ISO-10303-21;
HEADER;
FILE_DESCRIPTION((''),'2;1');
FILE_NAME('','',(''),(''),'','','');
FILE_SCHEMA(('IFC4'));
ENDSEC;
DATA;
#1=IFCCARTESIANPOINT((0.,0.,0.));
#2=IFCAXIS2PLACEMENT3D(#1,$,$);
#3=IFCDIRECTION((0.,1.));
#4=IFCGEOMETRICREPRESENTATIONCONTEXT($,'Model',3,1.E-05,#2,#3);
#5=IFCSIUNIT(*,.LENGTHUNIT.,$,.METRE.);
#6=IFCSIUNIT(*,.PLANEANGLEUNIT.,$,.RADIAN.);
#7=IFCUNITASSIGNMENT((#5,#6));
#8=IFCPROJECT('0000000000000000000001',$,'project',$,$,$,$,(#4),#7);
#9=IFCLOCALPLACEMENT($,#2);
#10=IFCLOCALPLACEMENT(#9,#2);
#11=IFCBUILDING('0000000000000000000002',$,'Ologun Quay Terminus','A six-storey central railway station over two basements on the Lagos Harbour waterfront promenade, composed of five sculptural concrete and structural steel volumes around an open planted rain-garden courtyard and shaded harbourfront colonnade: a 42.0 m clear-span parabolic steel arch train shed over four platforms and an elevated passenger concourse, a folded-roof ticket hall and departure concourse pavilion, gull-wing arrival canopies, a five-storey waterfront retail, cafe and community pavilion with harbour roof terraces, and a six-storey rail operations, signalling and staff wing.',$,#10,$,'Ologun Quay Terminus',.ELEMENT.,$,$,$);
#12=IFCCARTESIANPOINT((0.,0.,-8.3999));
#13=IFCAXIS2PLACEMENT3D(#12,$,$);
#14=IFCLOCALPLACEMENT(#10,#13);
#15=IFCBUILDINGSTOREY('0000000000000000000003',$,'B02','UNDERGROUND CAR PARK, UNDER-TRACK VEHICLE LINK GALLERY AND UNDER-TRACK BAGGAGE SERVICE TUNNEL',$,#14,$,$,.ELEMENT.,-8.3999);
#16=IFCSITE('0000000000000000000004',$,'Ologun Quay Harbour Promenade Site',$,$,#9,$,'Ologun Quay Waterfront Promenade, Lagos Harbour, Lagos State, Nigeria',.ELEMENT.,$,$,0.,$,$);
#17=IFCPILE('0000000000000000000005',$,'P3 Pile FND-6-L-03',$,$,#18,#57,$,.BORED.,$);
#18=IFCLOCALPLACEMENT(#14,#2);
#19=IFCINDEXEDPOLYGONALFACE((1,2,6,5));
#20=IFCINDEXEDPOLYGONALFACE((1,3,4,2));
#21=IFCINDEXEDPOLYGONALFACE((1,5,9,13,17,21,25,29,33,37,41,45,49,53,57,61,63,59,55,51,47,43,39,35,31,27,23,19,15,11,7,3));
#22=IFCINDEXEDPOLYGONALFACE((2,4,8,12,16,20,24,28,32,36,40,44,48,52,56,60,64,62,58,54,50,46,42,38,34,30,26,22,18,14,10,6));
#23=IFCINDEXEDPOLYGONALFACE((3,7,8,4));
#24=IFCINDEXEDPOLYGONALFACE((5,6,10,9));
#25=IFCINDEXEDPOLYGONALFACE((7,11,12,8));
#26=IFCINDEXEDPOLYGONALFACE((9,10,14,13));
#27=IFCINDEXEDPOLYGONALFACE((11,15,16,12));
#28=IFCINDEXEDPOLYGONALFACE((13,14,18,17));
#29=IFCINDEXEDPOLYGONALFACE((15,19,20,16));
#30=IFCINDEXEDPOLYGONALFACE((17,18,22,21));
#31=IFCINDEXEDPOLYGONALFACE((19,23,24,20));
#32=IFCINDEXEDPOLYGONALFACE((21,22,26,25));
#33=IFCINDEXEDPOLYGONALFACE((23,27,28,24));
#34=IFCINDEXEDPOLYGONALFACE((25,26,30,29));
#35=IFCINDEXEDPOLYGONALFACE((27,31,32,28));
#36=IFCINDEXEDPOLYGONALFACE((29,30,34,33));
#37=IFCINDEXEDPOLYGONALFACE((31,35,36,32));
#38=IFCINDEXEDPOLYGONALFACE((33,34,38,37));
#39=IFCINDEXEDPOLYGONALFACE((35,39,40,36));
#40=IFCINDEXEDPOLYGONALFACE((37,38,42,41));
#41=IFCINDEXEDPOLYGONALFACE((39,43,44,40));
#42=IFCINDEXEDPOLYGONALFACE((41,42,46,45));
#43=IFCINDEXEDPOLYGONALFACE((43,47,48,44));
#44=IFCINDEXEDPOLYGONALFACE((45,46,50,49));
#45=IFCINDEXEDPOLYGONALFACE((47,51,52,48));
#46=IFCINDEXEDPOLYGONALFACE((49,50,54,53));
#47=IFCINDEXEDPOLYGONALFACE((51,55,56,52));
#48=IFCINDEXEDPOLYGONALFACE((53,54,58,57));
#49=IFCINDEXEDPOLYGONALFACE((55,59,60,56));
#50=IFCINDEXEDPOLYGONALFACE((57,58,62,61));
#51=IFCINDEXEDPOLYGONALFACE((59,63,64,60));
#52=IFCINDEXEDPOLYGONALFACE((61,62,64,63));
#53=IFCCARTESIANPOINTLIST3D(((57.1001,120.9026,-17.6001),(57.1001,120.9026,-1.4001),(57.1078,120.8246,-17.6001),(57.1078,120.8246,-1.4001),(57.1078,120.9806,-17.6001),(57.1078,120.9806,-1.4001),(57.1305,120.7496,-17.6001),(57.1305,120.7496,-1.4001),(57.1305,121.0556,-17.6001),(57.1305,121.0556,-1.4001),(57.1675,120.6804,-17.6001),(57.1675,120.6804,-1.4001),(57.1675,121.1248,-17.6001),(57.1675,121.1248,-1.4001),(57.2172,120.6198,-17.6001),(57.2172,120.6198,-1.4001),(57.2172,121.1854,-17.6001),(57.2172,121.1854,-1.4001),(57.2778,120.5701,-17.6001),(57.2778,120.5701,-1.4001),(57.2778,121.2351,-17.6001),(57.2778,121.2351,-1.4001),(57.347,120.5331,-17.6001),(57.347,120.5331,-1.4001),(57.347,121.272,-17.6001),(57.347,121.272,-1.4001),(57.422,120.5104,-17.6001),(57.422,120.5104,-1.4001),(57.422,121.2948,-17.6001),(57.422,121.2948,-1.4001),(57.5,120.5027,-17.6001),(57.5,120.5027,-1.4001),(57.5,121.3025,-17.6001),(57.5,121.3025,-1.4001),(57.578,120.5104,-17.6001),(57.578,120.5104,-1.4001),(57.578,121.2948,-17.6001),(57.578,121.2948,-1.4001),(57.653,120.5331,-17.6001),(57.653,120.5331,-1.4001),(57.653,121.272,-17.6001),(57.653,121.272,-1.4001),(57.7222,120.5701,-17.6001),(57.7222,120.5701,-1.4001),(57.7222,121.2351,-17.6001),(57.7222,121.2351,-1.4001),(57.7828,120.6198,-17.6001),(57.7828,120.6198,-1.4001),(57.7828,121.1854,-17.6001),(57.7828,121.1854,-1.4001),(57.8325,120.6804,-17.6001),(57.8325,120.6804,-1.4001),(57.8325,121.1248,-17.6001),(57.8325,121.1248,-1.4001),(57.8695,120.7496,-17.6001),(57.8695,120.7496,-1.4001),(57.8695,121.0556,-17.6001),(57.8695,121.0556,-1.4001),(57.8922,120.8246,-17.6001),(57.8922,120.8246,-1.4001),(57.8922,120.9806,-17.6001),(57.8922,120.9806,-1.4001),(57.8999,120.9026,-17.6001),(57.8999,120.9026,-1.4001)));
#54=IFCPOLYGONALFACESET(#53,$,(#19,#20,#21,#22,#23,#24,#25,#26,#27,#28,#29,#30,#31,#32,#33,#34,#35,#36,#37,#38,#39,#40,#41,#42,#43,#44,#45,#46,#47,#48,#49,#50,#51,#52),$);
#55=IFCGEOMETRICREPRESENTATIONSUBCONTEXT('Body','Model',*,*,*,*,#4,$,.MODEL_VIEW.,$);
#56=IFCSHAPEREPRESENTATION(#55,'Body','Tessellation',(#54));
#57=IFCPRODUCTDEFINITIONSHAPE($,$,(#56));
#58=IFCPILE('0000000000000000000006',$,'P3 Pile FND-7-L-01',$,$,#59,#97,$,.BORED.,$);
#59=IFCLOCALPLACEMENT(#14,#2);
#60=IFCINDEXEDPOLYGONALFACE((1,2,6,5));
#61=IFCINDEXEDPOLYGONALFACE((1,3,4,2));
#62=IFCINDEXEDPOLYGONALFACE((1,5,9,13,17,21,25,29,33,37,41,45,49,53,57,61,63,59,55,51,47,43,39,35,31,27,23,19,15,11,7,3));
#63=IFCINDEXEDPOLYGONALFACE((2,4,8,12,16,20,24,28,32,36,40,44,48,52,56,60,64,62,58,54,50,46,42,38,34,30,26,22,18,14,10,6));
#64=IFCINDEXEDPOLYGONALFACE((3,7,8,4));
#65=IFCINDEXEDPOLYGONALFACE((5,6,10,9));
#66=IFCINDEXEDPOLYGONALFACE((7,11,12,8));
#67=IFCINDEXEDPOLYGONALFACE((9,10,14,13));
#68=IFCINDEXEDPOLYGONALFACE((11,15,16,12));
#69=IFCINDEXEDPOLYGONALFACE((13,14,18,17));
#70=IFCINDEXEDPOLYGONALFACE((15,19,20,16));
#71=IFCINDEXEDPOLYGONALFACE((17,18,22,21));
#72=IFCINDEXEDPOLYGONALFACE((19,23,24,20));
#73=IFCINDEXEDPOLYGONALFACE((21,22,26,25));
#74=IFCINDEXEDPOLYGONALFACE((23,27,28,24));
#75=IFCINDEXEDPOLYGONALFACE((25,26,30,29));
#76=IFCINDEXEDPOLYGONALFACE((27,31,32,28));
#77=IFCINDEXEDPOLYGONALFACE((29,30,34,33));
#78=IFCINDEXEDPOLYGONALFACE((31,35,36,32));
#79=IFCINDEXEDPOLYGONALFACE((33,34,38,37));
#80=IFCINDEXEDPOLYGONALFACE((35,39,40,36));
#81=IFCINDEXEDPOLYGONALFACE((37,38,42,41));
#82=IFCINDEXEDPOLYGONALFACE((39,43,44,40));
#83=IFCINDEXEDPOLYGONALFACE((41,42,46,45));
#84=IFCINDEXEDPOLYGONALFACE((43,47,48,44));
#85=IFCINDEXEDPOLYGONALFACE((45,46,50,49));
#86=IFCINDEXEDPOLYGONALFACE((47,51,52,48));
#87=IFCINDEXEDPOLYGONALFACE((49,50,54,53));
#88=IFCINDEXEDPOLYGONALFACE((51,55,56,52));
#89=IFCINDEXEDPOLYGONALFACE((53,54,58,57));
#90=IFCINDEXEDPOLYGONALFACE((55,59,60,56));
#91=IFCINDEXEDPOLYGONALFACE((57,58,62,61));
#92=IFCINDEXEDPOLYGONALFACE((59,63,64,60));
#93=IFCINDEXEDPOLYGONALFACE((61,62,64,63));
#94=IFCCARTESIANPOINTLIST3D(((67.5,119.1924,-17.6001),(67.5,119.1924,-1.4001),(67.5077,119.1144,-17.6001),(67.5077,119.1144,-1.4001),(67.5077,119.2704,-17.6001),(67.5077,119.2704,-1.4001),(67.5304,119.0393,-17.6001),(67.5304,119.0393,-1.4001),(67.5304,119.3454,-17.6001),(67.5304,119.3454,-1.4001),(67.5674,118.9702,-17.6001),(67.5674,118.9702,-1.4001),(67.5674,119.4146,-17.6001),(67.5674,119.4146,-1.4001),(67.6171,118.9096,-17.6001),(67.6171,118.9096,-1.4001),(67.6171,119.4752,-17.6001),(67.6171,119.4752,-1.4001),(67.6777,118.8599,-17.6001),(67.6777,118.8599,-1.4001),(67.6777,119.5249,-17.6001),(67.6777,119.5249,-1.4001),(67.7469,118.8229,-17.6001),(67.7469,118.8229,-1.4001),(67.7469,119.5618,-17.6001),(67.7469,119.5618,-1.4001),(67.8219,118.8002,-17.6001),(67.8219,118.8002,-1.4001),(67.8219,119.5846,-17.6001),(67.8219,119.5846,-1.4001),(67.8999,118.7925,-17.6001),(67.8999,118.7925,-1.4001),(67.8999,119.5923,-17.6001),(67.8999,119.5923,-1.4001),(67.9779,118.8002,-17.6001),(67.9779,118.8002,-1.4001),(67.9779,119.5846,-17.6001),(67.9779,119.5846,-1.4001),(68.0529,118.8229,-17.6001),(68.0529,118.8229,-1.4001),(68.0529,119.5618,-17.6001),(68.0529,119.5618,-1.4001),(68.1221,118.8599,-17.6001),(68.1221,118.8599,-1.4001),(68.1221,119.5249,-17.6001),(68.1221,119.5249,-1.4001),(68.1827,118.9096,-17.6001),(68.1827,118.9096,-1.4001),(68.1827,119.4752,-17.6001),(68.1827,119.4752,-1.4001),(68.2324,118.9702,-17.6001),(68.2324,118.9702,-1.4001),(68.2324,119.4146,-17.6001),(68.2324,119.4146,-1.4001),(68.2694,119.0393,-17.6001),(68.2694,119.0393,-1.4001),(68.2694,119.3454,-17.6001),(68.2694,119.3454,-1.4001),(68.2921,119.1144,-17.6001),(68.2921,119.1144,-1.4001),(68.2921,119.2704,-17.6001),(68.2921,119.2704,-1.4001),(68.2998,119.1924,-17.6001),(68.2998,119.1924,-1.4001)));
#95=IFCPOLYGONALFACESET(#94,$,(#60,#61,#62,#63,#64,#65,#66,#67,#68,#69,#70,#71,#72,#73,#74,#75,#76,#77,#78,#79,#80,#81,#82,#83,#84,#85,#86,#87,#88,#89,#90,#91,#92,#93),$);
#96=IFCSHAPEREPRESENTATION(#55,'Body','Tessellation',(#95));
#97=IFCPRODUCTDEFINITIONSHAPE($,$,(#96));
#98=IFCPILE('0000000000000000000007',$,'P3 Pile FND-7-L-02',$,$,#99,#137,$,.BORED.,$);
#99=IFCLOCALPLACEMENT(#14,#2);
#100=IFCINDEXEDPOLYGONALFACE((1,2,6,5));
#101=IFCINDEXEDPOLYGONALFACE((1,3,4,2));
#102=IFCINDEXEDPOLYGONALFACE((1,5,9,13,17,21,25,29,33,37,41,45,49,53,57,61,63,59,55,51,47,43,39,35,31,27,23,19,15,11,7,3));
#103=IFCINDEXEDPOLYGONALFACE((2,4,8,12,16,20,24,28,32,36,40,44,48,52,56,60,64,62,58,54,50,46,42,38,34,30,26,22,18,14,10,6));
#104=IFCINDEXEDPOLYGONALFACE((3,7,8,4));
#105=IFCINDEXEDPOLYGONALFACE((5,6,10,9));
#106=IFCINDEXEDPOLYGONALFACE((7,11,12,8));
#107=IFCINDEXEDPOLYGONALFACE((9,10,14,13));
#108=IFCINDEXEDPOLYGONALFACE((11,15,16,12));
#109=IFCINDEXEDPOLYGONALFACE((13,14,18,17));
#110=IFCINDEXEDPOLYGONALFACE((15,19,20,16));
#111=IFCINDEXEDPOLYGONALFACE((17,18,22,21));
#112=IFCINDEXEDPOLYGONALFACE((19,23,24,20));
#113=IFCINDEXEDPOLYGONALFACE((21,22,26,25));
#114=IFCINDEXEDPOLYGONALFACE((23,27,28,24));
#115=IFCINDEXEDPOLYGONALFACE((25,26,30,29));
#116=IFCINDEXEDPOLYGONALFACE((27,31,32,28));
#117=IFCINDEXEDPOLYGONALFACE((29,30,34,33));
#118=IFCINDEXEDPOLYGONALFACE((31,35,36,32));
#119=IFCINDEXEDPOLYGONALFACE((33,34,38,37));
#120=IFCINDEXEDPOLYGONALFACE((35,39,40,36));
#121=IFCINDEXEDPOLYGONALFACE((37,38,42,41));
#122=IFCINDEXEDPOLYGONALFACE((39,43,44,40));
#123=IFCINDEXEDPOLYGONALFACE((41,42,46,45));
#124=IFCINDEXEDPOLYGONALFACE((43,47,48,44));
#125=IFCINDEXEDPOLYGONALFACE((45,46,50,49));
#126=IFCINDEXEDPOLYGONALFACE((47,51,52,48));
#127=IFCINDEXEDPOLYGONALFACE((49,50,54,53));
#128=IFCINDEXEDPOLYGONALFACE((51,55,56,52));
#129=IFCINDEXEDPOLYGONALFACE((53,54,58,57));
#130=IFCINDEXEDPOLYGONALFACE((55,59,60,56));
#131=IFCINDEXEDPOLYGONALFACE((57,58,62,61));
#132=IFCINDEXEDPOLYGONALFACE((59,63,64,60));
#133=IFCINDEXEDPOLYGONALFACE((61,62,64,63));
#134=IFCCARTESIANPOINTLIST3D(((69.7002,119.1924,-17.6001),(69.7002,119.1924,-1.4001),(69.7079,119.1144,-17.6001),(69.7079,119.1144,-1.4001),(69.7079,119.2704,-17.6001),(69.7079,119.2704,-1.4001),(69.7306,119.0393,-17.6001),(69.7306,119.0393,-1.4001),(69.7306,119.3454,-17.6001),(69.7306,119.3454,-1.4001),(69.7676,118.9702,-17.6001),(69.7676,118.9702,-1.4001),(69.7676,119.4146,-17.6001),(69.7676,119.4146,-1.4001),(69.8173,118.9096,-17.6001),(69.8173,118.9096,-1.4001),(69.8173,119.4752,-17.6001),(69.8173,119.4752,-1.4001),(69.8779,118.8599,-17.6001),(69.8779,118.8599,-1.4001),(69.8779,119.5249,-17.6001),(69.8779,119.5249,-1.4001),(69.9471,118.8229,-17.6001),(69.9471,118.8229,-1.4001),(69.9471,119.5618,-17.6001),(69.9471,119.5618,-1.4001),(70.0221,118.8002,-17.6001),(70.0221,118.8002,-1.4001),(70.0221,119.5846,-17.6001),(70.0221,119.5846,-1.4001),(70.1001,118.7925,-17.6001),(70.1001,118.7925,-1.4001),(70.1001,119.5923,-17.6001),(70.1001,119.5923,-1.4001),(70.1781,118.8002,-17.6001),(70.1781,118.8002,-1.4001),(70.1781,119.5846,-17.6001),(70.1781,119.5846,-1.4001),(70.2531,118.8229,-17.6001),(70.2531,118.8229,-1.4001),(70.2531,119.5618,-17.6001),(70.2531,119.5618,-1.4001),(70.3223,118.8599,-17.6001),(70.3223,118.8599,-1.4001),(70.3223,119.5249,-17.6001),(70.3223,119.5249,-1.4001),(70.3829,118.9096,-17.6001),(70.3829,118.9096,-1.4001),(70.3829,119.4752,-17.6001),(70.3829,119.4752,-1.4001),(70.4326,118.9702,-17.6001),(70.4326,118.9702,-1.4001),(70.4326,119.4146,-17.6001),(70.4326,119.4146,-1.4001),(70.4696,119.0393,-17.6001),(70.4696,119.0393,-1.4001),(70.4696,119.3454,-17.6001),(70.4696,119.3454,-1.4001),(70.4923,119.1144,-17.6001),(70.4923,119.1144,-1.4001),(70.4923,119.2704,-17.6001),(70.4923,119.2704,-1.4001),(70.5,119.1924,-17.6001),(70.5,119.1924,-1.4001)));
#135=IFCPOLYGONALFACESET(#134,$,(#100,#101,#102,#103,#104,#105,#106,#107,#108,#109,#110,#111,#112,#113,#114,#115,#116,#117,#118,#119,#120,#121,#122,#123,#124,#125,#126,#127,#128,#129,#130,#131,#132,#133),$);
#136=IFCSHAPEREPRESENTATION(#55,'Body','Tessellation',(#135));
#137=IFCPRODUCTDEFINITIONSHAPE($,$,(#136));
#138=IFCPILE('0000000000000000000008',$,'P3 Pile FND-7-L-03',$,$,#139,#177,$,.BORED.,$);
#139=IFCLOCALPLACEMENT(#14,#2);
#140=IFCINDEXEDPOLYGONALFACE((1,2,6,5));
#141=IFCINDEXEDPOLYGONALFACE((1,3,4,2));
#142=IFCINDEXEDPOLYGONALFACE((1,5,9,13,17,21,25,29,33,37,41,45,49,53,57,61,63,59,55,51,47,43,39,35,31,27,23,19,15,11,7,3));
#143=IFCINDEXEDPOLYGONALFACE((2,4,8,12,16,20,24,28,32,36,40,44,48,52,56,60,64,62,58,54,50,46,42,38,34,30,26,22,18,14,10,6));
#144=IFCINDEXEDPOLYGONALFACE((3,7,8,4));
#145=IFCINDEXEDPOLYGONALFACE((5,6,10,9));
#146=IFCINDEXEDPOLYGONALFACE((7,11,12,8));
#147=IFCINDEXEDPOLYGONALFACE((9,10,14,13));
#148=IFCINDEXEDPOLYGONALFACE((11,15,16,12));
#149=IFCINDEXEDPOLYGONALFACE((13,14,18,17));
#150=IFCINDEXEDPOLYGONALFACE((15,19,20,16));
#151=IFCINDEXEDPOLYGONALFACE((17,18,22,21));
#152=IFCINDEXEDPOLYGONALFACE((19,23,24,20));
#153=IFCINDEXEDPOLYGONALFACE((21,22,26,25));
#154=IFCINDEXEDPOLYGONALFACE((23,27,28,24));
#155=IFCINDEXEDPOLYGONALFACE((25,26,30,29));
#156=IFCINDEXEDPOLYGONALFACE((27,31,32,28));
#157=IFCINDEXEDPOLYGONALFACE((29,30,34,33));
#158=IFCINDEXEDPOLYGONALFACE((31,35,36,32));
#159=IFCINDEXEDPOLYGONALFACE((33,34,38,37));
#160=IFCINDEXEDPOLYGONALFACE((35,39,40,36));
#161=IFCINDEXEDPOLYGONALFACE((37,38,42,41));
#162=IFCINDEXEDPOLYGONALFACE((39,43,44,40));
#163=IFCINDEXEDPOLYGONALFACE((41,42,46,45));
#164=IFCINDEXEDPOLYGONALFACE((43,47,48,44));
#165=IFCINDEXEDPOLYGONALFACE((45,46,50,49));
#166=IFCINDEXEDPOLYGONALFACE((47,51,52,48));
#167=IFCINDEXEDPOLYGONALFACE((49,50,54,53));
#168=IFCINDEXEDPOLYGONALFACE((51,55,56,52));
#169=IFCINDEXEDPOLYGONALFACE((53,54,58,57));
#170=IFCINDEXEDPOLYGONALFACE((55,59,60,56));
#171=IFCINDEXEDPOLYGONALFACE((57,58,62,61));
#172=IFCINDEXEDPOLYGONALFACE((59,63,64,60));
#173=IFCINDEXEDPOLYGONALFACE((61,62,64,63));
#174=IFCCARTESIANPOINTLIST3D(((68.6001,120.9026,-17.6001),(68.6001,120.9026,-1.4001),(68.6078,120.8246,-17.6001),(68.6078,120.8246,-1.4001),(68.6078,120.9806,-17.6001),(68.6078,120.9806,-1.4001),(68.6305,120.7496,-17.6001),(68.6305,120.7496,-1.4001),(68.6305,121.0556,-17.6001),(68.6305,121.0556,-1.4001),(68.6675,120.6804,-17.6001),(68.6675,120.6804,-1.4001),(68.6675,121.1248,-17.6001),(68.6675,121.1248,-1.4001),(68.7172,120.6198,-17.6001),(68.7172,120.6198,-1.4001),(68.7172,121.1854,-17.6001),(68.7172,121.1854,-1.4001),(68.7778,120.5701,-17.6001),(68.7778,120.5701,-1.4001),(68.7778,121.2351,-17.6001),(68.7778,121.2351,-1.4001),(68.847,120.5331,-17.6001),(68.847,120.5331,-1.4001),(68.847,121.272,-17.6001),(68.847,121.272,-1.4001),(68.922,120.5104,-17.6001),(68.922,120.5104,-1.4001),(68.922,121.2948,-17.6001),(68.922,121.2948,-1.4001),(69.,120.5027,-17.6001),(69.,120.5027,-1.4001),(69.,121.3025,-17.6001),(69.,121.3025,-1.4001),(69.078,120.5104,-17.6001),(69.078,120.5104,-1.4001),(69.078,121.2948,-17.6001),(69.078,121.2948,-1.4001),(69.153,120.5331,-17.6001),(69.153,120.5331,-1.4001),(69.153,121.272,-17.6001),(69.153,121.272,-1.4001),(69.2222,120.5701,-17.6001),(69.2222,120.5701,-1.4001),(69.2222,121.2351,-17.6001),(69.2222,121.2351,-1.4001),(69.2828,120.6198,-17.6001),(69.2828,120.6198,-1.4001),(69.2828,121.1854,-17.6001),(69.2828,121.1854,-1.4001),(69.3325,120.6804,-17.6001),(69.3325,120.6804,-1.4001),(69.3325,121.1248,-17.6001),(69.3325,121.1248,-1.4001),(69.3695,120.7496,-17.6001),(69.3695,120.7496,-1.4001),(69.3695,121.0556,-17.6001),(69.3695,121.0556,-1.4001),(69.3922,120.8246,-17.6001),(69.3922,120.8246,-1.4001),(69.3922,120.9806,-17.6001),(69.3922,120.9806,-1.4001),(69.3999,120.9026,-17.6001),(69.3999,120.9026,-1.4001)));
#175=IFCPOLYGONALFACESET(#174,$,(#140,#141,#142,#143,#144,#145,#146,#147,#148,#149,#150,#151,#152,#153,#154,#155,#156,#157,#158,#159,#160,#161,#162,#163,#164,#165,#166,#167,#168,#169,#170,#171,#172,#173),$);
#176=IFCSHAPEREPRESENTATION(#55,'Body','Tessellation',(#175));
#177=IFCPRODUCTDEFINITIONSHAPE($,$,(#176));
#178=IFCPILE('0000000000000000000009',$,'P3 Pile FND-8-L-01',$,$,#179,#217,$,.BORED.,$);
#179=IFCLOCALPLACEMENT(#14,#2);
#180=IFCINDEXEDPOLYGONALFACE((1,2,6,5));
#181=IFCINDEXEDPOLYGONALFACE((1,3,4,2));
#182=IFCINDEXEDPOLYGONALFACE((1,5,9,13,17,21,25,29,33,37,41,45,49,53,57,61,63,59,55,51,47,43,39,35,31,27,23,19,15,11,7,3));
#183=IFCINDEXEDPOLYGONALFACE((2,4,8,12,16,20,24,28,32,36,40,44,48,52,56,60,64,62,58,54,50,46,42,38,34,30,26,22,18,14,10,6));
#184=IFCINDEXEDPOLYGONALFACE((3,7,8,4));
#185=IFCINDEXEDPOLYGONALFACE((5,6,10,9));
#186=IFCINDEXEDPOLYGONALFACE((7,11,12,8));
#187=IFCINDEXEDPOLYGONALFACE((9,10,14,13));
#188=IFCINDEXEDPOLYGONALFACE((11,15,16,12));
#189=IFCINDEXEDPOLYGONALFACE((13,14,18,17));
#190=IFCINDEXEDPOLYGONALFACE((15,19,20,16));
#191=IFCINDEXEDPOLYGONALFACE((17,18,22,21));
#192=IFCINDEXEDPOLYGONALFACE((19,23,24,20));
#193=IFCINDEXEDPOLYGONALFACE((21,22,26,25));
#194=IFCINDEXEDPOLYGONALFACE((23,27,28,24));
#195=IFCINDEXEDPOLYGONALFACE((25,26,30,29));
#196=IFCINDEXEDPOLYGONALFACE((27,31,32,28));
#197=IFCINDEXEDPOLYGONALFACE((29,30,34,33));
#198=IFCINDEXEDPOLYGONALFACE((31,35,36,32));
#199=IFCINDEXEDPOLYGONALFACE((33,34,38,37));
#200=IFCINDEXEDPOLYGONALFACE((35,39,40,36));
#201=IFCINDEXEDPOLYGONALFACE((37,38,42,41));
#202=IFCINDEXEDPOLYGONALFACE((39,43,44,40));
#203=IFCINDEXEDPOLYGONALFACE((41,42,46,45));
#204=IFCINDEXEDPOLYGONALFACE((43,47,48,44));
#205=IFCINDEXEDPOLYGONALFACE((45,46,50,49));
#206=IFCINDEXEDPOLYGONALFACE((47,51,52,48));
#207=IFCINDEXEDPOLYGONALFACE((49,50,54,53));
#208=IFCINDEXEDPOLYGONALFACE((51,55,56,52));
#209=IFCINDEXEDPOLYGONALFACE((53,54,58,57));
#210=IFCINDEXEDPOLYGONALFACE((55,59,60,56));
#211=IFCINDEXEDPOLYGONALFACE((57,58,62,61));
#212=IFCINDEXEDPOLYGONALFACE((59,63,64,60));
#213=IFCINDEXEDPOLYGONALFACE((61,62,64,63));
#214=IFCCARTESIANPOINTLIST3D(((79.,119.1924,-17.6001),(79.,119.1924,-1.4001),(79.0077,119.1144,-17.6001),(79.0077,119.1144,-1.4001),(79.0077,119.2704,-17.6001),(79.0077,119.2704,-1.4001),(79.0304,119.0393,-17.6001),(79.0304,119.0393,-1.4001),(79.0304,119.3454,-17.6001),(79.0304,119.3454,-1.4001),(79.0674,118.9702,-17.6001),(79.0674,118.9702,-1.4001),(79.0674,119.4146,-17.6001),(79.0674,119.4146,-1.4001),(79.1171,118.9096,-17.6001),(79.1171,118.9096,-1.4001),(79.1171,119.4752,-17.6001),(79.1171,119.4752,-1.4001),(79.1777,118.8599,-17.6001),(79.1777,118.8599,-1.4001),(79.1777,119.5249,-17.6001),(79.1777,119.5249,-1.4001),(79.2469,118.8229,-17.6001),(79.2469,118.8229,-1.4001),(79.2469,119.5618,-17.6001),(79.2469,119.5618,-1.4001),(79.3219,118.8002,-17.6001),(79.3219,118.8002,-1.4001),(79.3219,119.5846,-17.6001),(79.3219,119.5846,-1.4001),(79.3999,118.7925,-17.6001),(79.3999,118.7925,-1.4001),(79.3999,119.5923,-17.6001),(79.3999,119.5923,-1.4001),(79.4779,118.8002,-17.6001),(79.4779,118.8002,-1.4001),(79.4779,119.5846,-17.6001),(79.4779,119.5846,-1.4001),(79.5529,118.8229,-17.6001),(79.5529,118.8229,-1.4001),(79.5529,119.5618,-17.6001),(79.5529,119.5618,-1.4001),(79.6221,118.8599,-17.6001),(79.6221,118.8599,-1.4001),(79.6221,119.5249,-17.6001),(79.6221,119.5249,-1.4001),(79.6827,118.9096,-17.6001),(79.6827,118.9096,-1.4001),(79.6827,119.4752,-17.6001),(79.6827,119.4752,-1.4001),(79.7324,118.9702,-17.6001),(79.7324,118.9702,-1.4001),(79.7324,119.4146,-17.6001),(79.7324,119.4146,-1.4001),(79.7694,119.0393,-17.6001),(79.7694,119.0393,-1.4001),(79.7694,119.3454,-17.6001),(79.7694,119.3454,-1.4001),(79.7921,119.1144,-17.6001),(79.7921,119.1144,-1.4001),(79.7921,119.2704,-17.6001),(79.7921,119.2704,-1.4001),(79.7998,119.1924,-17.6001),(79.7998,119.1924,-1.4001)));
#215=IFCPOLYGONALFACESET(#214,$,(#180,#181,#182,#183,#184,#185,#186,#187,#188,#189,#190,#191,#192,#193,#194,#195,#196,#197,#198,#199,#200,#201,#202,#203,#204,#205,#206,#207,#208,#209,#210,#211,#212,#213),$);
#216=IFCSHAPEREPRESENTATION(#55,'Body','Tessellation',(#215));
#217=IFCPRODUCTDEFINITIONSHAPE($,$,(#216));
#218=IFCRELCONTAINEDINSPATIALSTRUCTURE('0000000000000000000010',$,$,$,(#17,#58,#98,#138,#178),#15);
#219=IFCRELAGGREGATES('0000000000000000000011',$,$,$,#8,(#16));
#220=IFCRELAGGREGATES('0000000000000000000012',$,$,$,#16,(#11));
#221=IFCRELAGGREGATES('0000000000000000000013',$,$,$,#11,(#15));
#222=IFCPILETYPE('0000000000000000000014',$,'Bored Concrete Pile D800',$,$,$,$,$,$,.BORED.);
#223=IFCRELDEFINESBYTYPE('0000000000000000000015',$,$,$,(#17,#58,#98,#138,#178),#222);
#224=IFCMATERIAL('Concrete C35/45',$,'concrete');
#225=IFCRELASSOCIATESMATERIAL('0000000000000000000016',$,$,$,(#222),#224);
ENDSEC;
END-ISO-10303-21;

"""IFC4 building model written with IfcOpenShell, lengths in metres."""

from ifc_helpers import new_model, si_unit, direction, frame, origin, origin_2d, place, context, subcontext, project, spatial, circle, extrude, material, material_profile, profile_set, type_object, element, save


model = new_model("IFC4")

# Units and contexts
model_context = context("Model", 3, precision=1e-05, world=origin(), true_north=direction((0.0, 1.0)))
body_context = subcontext(model_context, "Body", "Model", "MODEL_VIEW")
ifc_project = project(units=[si_unit("LENGTHUNIT", "METRE"), si_unit("PLANEANGLEUNIT", "RADIAN")], contexts=[model_context])

# Site, building, storey
site_placement = place(None, origin())
site = spatial("IfcSite", under=ifc_project, at=site_placement, Name="Ologun Quay Harbour Promenade Site", LongName="Ologun Quay Waterfront Promenade, Lagos Harbour, Lagos State, Nigeria", CompositionType="ELEMENT", RefElevation=0.0)
building_placement = place(site_placement, origin())
building = spatial("IfcBuilding", under=site, at=building_placement, Name="Ologun Quay Terminus", Description="A six-storey central railway station over two basements on the Lagos Harbour waterfront promenade, composed of five sculptural concrete and structural steel volumes around an open planted rain-garden courtyard and shaded harbourfront colonnade: a 42.0 m clear-span parabolic steel arch train shed over four platforms and an elevated passenger concourse, a folded-roof ticket hall and departure concourse pavilion, gull-wing arrival canopies, a five-storey waterfront retail, cafe and community pavilion with harbour roof terraces, and a six-storey rail operations, signalling and staff wing.", LongName="Ologun Quay Terminus", CompositionType="ELEMENT")
storey_placement = place(building_placement, frame((0.0, 0.0, -8.3999)))
storey = spatial("IfcBuildingStorey", under=building, at=storey_placement, Name="B02", Description="UNDERGROUND CAR PARK, UNDER-TRACK VEHICLE LINK GALLERY AND UNDER-TRACK BAGGAGE SERVICE TUNNEL", CompositionType="ELEMENT", Elevation=-8.3999)

# Piles
ifc_material_1 = material(Name="Concrete C35/45", Category="concrete")
ifc_material_profile_1 = material_profile(ifc_material_1, circle(Radius=0.3999, at=origin_2d()), Name="PILE D800")
ifc_profile_set_1 = profile_set([ifc_material_profile_1], Name="Concrete C35/45")
pile_type_1 = type_object("IfcPileType", Name="Bored Concrete Pile D800", PredefinedType="BORED", material=ifc_profile_set_1)
for number, where, z_axis, x_axis, name in (
    (1, (57.5, 120.9026, -1.4001), (0.0, 0.0, -1.0), (1.0, 0.0, 0.0), "P3 Pile FND-6-L-03"),
    (2, (67.8999, 119.1924, -1.4001), (0.0, 0.0, -1.0), (1.0, 0.0, 0.0), "P3 Pile FND-7-L-01"),
    (3, (70.1001, 119.1924, -1.4001), (0.0, 0.0, -1.0), (1.0, 0.0, 0.0), "P3 Pile FND-7-L-02"),
    (4, (69.0, 120.9026, -1.4001), (0.0, 0.0, -1.0), (1.0, 0.0, 0.0), "P3 Pile FND-7-L-03"),
    (5, (79.3999, 119.1924, -1.4001), (0.0, 0.0, -1.0), (1.0, 0.0, 0.0), "P3 Pile FND-8-L-01"),
):
    element("IfcPile", number, at=place(storey_placement, frame(where, z_axis=z_axis, x_axis=x_axis)), inside=storey, type_object=pile_type_1, Name=name, PredefinedType="BORED", context=body_context, shape_type="SweptSolid", body=[
        extrude(circle(Radius=0.3999, at=origin_2d()), origin(), (0.0, 0.0, 1.0), 16.2),
    ])

save(model, "model.ifc")
